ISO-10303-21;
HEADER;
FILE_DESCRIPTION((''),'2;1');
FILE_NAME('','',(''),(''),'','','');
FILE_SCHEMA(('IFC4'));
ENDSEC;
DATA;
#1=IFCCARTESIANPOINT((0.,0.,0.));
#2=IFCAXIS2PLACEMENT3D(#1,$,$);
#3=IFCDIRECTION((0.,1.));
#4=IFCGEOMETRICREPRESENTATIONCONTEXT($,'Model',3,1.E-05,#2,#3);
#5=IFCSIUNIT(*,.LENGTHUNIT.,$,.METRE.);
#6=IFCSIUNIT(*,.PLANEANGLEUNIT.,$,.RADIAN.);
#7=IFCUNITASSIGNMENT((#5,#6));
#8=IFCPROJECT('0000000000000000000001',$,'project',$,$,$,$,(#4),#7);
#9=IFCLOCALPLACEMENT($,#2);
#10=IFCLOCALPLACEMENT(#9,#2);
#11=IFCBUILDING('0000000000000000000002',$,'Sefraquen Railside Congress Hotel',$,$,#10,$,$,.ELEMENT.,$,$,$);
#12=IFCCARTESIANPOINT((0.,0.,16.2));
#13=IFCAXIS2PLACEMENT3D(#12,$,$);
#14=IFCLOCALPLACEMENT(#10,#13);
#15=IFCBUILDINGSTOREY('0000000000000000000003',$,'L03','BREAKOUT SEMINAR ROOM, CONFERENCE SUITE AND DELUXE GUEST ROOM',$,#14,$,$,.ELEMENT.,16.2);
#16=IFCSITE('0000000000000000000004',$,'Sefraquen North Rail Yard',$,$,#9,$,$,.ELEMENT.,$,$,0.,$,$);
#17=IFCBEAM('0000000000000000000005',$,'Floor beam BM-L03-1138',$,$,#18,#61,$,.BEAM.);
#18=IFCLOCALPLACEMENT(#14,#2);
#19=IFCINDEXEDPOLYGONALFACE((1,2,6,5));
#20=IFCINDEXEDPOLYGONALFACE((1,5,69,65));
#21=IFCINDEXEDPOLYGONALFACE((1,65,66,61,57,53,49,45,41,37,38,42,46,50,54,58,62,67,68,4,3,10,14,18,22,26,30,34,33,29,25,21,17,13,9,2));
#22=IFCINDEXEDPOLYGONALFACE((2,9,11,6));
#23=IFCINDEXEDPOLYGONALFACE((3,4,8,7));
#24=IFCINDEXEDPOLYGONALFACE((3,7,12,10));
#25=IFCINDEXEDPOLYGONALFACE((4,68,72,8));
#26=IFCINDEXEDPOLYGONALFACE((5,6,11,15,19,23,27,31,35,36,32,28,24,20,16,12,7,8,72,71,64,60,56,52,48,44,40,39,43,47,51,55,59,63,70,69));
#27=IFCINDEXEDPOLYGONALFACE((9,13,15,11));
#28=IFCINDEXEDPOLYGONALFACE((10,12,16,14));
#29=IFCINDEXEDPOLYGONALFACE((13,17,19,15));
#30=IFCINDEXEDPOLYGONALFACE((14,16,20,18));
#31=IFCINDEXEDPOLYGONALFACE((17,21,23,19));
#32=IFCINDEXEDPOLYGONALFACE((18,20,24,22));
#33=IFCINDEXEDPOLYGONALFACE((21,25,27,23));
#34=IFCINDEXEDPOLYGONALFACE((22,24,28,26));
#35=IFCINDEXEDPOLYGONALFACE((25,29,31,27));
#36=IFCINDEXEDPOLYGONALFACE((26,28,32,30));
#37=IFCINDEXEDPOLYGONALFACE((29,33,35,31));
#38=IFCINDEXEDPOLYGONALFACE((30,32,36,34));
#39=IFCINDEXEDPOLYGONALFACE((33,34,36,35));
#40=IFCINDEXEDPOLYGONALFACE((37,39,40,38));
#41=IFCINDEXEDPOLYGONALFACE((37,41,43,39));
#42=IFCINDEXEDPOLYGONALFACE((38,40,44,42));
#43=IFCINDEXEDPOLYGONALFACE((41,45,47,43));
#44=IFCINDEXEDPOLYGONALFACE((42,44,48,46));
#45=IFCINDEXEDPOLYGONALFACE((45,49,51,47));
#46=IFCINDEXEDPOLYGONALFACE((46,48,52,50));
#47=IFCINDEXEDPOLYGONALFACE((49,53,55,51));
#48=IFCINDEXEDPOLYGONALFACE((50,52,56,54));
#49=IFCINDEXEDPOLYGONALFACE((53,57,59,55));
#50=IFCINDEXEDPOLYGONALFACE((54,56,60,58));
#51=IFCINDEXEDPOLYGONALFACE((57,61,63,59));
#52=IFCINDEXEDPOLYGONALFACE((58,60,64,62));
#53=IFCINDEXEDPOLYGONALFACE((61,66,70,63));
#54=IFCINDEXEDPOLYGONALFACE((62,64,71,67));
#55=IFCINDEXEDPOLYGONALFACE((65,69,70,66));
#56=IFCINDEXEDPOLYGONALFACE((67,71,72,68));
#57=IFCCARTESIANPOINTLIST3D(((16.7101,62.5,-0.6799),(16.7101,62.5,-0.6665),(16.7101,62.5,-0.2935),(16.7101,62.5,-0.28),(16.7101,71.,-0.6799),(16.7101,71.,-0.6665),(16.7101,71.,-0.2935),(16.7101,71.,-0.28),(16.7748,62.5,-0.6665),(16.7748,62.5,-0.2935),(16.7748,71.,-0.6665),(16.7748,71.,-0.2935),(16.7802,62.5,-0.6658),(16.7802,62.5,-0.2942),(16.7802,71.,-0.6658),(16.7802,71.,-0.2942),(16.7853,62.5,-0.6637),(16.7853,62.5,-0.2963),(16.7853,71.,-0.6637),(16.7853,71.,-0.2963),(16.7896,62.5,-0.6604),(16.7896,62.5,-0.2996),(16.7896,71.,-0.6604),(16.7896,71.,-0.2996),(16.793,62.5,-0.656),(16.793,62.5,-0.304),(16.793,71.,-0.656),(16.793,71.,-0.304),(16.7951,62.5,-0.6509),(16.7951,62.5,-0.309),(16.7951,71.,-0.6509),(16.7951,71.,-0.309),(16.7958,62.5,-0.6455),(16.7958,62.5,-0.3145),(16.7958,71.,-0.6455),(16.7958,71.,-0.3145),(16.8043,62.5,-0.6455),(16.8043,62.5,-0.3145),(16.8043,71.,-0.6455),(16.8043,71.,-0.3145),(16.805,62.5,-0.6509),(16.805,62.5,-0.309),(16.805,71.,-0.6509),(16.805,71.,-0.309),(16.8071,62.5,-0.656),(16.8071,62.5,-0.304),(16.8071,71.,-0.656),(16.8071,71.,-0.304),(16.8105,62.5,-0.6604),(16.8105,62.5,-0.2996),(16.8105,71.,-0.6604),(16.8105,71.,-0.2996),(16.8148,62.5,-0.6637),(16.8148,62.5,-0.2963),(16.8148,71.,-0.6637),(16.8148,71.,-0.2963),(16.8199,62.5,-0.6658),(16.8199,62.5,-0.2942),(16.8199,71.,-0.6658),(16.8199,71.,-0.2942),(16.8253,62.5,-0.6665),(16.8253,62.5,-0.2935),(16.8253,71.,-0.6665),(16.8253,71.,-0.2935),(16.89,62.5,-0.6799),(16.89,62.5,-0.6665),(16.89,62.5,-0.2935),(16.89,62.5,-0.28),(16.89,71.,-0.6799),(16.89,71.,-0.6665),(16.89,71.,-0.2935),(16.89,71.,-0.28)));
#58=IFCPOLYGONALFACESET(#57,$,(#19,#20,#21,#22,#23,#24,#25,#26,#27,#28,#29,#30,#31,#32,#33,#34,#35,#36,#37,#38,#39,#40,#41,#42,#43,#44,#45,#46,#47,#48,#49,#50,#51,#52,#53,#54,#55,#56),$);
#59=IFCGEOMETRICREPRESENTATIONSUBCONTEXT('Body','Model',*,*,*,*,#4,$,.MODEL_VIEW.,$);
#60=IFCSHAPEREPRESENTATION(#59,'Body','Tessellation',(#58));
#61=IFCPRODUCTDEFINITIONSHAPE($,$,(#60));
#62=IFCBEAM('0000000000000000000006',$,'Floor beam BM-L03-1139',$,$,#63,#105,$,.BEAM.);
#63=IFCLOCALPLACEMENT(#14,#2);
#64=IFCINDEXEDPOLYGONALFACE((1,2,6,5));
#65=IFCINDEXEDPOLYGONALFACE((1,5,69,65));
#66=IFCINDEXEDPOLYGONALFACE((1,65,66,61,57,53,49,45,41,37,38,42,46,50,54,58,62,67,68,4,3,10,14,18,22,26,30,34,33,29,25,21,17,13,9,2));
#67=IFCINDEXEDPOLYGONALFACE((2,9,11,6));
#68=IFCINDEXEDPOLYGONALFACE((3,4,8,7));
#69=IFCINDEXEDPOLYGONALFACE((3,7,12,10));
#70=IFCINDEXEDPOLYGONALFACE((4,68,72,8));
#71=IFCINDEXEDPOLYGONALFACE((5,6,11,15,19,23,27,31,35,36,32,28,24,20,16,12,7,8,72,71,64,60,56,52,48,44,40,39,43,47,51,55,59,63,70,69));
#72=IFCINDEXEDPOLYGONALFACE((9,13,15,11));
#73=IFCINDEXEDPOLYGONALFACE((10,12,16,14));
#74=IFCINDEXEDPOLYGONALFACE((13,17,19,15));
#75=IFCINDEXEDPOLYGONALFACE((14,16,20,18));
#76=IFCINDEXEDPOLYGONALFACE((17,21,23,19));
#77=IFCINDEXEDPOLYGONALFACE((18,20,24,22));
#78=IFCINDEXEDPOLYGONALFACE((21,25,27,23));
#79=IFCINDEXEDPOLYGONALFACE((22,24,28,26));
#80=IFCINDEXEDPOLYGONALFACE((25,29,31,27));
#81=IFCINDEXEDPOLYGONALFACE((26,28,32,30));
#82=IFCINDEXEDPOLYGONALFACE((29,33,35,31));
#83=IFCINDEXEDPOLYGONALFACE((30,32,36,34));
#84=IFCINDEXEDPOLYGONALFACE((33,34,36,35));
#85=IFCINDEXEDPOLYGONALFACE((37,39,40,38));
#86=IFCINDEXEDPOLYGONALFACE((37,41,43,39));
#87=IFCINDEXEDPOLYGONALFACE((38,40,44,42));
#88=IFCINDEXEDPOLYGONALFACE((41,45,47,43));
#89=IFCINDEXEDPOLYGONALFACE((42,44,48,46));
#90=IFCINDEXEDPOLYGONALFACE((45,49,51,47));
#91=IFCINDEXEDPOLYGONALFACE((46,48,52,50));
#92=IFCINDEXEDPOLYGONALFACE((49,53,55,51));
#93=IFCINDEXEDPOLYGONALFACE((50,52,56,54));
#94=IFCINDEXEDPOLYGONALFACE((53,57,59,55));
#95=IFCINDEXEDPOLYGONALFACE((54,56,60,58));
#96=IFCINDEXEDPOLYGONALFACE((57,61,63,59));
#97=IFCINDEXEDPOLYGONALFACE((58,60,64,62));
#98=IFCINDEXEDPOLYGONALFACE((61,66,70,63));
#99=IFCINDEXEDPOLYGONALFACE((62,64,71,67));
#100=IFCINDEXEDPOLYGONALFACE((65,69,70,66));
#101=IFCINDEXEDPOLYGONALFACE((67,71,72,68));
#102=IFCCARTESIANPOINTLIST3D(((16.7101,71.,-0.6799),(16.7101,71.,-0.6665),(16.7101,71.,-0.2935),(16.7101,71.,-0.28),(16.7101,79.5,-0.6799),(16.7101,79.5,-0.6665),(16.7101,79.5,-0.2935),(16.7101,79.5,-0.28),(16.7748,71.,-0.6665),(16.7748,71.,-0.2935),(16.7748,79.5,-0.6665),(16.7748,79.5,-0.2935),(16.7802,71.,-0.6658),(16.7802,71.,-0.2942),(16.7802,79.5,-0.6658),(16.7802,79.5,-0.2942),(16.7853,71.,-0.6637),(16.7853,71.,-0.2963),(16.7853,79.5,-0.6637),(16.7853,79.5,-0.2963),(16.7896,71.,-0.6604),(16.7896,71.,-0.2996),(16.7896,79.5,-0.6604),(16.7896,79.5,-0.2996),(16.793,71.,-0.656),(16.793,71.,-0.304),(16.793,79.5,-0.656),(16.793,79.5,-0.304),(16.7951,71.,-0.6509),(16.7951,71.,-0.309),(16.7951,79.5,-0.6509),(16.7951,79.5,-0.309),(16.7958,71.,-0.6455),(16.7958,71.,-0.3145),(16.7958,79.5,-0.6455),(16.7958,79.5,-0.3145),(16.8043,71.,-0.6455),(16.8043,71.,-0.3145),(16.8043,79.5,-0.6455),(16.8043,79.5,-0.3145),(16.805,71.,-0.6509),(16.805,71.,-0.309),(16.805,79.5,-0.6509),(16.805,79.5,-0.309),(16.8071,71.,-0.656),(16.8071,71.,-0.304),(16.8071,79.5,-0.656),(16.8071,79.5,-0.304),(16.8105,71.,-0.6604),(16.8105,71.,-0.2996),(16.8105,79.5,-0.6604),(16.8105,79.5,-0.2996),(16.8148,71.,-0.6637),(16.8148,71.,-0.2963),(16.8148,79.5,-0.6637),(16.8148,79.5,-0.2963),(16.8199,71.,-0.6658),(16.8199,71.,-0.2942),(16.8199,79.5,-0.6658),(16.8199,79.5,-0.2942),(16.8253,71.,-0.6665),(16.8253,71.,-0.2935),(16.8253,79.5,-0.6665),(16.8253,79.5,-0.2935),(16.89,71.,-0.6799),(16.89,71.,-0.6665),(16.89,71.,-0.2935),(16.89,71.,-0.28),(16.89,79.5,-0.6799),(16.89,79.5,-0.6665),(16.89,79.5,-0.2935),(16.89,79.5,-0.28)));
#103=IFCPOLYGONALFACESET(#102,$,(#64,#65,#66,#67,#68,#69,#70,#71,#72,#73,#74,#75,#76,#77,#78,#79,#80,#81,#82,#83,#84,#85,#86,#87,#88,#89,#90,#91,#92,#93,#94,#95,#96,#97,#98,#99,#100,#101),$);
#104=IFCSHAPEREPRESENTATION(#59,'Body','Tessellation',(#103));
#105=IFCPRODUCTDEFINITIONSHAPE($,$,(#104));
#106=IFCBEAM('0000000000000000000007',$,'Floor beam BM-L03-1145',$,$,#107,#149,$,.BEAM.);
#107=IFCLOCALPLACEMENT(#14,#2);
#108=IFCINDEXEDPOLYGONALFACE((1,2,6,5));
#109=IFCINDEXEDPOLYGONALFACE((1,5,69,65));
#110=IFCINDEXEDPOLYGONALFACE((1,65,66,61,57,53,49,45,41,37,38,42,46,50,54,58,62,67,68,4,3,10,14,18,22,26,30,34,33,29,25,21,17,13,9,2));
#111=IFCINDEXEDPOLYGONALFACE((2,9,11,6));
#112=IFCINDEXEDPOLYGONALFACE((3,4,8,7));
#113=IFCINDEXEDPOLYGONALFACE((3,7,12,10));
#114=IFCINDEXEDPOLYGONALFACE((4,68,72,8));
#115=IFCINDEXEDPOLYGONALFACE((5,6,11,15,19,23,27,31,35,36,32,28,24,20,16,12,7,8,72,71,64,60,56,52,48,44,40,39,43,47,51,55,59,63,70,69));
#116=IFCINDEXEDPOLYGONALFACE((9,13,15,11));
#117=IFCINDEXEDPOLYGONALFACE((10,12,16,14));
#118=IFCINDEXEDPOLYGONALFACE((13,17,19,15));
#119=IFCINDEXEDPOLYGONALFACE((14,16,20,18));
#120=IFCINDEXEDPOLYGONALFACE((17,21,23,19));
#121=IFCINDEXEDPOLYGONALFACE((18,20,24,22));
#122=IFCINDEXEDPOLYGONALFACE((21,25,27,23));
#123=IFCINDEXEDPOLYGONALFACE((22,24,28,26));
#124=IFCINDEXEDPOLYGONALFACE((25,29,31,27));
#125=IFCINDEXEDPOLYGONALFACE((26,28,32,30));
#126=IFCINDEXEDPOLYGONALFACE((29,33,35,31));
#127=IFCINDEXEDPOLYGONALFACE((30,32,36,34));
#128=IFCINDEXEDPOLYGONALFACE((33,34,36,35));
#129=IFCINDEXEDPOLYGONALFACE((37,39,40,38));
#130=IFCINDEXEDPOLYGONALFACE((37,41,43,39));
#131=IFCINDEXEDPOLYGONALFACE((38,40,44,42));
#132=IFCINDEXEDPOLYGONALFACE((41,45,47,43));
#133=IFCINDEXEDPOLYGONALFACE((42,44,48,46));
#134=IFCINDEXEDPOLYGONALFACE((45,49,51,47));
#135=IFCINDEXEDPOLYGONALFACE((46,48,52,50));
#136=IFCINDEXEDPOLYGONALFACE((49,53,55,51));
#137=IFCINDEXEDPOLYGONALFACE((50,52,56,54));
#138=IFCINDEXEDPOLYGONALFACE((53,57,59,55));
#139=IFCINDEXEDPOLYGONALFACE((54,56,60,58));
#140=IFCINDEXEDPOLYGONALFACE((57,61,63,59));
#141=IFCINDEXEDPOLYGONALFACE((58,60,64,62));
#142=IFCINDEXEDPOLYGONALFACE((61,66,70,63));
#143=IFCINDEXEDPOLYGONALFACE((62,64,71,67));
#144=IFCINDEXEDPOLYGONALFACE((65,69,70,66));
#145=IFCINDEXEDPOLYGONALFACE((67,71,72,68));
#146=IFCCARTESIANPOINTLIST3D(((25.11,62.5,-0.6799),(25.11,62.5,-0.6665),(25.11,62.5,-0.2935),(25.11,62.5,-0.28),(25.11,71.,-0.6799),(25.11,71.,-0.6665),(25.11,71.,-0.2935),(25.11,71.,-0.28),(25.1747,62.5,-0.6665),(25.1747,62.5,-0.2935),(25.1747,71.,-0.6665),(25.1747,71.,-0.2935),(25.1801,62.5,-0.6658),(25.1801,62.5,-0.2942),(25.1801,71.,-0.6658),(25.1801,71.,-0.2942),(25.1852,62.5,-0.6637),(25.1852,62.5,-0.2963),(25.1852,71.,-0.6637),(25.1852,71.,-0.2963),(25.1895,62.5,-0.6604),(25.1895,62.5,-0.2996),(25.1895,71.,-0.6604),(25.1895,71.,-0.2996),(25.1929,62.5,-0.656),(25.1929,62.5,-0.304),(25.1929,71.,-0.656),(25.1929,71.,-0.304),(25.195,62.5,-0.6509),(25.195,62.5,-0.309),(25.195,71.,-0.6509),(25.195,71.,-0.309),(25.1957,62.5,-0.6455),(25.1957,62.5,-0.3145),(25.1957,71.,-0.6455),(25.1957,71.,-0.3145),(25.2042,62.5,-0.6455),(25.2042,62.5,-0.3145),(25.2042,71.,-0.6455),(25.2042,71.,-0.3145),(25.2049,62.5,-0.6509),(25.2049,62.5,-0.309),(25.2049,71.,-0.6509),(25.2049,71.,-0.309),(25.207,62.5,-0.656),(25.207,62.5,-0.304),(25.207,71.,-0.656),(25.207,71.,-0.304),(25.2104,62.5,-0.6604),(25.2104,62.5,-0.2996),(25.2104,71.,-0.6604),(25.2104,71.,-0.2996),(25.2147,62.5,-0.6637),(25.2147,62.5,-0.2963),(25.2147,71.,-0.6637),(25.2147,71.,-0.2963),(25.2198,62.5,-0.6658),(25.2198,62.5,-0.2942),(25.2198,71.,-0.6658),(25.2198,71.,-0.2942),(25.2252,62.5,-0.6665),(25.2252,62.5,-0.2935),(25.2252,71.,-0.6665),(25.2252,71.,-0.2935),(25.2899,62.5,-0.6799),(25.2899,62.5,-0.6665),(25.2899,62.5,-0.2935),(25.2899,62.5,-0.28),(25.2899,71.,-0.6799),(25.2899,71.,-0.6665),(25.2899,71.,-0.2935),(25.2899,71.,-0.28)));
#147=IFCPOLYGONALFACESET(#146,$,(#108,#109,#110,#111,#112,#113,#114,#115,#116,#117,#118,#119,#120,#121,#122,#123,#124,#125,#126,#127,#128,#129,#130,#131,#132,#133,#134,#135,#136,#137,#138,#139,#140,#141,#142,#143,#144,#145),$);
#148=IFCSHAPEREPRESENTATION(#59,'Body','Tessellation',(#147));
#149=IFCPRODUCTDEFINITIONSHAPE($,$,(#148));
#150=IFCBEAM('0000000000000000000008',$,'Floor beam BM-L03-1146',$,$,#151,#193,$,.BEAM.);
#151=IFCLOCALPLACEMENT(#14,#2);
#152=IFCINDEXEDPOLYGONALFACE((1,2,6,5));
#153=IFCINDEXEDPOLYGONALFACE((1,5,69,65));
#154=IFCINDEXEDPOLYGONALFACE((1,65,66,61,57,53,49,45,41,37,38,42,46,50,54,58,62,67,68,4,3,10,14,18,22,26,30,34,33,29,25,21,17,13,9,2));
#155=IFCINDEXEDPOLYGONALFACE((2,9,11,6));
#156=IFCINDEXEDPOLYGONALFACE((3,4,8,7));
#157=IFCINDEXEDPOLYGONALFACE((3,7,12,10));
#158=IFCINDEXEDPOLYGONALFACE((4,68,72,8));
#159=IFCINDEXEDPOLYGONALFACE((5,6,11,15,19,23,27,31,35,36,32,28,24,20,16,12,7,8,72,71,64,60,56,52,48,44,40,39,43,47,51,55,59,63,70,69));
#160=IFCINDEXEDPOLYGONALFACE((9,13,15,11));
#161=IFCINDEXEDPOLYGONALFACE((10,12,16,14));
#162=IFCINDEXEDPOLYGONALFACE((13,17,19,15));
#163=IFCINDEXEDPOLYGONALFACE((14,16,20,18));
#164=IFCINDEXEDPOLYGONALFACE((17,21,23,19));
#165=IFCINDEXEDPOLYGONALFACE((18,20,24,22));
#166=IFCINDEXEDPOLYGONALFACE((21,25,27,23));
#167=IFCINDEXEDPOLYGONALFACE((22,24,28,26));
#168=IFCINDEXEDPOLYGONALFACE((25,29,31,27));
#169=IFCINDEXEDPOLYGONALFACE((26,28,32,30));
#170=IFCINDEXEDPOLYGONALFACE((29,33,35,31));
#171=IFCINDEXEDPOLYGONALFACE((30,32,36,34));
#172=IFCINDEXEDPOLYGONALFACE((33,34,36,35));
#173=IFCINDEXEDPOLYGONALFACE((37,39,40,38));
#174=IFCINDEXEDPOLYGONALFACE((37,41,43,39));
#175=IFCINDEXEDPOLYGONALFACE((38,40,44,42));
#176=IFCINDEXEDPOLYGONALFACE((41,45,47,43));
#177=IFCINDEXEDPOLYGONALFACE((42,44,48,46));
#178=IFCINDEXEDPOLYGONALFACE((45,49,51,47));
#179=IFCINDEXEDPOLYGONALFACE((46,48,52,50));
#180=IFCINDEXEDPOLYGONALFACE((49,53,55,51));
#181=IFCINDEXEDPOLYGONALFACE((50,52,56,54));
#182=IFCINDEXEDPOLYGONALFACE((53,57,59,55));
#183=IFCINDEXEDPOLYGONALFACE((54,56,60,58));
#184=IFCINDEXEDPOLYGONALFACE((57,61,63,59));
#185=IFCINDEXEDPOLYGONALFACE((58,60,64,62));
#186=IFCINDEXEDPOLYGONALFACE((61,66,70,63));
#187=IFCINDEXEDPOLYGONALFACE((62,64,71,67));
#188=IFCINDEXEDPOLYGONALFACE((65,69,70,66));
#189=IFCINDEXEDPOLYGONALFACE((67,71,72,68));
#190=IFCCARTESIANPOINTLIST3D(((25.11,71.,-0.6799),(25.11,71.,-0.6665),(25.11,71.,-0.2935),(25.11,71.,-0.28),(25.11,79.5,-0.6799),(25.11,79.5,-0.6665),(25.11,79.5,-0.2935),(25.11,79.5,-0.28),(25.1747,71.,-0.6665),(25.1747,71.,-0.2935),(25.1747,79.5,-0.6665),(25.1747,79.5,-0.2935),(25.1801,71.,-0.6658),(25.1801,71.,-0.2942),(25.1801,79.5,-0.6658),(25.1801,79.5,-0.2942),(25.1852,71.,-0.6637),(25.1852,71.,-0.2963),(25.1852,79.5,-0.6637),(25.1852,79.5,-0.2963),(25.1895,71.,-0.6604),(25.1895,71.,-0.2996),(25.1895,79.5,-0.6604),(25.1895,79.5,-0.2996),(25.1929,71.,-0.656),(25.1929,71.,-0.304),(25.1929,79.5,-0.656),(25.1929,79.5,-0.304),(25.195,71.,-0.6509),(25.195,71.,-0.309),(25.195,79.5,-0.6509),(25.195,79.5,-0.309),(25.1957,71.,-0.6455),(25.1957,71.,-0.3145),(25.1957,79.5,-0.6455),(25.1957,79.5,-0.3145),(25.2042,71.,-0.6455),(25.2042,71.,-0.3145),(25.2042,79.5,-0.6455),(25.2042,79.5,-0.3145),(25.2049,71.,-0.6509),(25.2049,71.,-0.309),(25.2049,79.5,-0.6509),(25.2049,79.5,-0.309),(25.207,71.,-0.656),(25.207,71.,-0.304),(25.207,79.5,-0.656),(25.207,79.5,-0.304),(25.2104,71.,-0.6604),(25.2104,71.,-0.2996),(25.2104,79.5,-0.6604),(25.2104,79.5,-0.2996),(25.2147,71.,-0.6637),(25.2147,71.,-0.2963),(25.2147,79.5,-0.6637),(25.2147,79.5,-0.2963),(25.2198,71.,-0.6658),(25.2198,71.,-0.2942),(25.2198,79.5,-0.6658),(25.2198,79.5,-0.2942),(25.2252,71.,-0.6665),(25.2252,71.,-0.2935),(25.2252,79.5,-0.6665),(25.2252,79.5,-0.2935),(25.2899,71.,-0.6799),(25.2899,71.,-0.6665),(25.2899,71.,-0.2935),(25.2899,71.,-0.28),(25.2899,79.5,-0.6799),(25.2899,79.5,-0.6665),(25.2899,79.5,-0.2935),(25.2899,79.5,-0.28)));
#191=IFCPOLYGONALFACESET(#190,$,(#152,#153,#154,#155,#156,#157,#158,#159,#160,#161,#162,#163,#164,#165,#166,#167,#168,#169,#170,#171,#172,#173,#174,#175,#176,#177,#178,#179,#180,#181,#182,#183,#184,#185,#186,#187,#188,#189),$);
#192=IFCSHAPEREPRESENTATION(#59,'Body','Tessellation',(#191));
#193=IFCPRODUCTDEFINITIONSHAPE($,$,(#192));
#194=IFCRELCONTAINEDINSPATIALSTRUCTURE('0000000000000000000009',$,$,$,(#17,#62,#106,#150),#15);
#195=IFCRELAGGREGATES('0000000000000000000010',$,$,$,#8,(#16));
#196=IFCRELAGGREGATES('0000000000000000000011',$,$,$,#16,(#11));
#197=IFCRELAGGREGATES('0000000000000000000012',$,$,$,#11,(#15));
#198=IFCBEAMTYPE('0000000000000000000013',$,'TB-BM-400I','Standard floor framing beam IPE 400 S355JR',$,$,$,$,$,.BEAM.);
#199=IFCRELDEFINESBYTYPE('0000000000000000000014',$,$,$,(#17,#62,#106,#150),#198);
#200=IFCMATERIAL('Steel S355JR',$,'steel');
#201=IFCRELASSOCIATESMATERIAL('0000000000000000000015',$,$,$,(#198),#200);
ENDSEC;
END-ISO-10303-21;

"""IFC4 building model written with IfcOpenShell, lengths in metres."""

from ifc_helpers import new_model, si_unit, direction, frame, origin, origin_2d, place, context, subcontext, project, spatial, i_section, extrude, material, material_profile, profile_set, type_object, element, save


model = new_model("IFC4")

# Units and contexts
model_context = context("Model", 3, precision=1e-05, world=origin(), true_north=direction((0.0, 1.0)))
body_context = subcontext(model_context, "Body", "Model", "MODEL_VIEW")
ifc_project = project(units=[si_unit("LENGTHUNIT", "METRE"), si_unit("PLANEANGLEUNIT", "RADIAN")], contexts=[model_context])

# Site, building, storey
site_placement = place(None, origin())
site = spatial("IfcSite", under=ifc_project, at=site_placement, Name="Sefraquen North Rail Yard", CompositionType="ELEMENT", RefElevation=0.0)
building_placement = place(site_placement, origin())
building = spatial("IfcBuilding", under=site, at=building_placement, Name="Sefraquen Railside Congress Hotel", CompositionType="ELEMENT")
storey_placement = place(building_placement, frame((0.0, 0.0, 16.2)))
storey = spatial("IfcBuildingStorey", under=building, at=storey_placement, Name="L03", Description="BREAKOUT SEMINAR ROOM, CONFERENCE SUITE AND DELUXE GUEST ROOM", CompositionType="ELEMENT", Elevation=16.2)

# Shared definitions
ifc_material_1 = material(Name="Steel S355JR", Category="steel")

# Beams
ifc_material_profile_1 = material_profile(ifc_material_1, i_section(OverallWidth=0.1799, OverallDepth=0.3999, WebThickness=0.0085, FlangeThickness=0.0134, FilletRadius=0.021, at=origin_2d()), Name="IPE 400")
ifc_profile_set_1 = profile_set([ifc_material_profile_1], Name="Steel S355JR")
beam_type_1 = type_object("IfcBeamType", Name="TB-BM-400I", Description="Standard floor framing beam IPE 400 S355JR", PredefinedType="BEAM", material=ifc_profile_set_1)
for number, where, z_axis, x_axis, name in (
    (1, (16.8, 62.5, -0.48), (0.0, 1.0, 0.0), (-1.0, 0.0, 0.0), "Floor beam BM-L03-1138"),
    (2, (16.8, 71.0, -0.48), (0.0, 1.0, 0.0), (-1.0, 0.0, 0.0), "Floor beam BM-L03-1139"),
    (3, (25.2, 62.5, -0.48), (0.0, 1.0, 0.0), (-1.0, 0.0, 0.0), "Floor beam BM-L03-1145"),
    (4, (25.2, 71.0, -0.48), (0.0, 1.0, 0.0), (-1.0, 0.0, 0.0), "Floor beam BM-L03-1146"),
):
    element("IfcBeam", number, at=place(storey_placement, frame(where, z_axis=z_axis, x_axis=x_axis)), inside=storey, type_object=beam_type_1, Name=name, PredefinedType="BEAM", context=body_context, shape_type="SweptSolid", body=[
        extrude(i_section(OverallWidth=0.1799, OverallDepth=0.3999, WebThickness=0.0085, FlangeThickness=0.0134, FilletRadius=0.021, at=origin_2d()), origin(), (0.0, 0.0, 1.0), 8.5),
    ])

save(model, "model.ifc")
